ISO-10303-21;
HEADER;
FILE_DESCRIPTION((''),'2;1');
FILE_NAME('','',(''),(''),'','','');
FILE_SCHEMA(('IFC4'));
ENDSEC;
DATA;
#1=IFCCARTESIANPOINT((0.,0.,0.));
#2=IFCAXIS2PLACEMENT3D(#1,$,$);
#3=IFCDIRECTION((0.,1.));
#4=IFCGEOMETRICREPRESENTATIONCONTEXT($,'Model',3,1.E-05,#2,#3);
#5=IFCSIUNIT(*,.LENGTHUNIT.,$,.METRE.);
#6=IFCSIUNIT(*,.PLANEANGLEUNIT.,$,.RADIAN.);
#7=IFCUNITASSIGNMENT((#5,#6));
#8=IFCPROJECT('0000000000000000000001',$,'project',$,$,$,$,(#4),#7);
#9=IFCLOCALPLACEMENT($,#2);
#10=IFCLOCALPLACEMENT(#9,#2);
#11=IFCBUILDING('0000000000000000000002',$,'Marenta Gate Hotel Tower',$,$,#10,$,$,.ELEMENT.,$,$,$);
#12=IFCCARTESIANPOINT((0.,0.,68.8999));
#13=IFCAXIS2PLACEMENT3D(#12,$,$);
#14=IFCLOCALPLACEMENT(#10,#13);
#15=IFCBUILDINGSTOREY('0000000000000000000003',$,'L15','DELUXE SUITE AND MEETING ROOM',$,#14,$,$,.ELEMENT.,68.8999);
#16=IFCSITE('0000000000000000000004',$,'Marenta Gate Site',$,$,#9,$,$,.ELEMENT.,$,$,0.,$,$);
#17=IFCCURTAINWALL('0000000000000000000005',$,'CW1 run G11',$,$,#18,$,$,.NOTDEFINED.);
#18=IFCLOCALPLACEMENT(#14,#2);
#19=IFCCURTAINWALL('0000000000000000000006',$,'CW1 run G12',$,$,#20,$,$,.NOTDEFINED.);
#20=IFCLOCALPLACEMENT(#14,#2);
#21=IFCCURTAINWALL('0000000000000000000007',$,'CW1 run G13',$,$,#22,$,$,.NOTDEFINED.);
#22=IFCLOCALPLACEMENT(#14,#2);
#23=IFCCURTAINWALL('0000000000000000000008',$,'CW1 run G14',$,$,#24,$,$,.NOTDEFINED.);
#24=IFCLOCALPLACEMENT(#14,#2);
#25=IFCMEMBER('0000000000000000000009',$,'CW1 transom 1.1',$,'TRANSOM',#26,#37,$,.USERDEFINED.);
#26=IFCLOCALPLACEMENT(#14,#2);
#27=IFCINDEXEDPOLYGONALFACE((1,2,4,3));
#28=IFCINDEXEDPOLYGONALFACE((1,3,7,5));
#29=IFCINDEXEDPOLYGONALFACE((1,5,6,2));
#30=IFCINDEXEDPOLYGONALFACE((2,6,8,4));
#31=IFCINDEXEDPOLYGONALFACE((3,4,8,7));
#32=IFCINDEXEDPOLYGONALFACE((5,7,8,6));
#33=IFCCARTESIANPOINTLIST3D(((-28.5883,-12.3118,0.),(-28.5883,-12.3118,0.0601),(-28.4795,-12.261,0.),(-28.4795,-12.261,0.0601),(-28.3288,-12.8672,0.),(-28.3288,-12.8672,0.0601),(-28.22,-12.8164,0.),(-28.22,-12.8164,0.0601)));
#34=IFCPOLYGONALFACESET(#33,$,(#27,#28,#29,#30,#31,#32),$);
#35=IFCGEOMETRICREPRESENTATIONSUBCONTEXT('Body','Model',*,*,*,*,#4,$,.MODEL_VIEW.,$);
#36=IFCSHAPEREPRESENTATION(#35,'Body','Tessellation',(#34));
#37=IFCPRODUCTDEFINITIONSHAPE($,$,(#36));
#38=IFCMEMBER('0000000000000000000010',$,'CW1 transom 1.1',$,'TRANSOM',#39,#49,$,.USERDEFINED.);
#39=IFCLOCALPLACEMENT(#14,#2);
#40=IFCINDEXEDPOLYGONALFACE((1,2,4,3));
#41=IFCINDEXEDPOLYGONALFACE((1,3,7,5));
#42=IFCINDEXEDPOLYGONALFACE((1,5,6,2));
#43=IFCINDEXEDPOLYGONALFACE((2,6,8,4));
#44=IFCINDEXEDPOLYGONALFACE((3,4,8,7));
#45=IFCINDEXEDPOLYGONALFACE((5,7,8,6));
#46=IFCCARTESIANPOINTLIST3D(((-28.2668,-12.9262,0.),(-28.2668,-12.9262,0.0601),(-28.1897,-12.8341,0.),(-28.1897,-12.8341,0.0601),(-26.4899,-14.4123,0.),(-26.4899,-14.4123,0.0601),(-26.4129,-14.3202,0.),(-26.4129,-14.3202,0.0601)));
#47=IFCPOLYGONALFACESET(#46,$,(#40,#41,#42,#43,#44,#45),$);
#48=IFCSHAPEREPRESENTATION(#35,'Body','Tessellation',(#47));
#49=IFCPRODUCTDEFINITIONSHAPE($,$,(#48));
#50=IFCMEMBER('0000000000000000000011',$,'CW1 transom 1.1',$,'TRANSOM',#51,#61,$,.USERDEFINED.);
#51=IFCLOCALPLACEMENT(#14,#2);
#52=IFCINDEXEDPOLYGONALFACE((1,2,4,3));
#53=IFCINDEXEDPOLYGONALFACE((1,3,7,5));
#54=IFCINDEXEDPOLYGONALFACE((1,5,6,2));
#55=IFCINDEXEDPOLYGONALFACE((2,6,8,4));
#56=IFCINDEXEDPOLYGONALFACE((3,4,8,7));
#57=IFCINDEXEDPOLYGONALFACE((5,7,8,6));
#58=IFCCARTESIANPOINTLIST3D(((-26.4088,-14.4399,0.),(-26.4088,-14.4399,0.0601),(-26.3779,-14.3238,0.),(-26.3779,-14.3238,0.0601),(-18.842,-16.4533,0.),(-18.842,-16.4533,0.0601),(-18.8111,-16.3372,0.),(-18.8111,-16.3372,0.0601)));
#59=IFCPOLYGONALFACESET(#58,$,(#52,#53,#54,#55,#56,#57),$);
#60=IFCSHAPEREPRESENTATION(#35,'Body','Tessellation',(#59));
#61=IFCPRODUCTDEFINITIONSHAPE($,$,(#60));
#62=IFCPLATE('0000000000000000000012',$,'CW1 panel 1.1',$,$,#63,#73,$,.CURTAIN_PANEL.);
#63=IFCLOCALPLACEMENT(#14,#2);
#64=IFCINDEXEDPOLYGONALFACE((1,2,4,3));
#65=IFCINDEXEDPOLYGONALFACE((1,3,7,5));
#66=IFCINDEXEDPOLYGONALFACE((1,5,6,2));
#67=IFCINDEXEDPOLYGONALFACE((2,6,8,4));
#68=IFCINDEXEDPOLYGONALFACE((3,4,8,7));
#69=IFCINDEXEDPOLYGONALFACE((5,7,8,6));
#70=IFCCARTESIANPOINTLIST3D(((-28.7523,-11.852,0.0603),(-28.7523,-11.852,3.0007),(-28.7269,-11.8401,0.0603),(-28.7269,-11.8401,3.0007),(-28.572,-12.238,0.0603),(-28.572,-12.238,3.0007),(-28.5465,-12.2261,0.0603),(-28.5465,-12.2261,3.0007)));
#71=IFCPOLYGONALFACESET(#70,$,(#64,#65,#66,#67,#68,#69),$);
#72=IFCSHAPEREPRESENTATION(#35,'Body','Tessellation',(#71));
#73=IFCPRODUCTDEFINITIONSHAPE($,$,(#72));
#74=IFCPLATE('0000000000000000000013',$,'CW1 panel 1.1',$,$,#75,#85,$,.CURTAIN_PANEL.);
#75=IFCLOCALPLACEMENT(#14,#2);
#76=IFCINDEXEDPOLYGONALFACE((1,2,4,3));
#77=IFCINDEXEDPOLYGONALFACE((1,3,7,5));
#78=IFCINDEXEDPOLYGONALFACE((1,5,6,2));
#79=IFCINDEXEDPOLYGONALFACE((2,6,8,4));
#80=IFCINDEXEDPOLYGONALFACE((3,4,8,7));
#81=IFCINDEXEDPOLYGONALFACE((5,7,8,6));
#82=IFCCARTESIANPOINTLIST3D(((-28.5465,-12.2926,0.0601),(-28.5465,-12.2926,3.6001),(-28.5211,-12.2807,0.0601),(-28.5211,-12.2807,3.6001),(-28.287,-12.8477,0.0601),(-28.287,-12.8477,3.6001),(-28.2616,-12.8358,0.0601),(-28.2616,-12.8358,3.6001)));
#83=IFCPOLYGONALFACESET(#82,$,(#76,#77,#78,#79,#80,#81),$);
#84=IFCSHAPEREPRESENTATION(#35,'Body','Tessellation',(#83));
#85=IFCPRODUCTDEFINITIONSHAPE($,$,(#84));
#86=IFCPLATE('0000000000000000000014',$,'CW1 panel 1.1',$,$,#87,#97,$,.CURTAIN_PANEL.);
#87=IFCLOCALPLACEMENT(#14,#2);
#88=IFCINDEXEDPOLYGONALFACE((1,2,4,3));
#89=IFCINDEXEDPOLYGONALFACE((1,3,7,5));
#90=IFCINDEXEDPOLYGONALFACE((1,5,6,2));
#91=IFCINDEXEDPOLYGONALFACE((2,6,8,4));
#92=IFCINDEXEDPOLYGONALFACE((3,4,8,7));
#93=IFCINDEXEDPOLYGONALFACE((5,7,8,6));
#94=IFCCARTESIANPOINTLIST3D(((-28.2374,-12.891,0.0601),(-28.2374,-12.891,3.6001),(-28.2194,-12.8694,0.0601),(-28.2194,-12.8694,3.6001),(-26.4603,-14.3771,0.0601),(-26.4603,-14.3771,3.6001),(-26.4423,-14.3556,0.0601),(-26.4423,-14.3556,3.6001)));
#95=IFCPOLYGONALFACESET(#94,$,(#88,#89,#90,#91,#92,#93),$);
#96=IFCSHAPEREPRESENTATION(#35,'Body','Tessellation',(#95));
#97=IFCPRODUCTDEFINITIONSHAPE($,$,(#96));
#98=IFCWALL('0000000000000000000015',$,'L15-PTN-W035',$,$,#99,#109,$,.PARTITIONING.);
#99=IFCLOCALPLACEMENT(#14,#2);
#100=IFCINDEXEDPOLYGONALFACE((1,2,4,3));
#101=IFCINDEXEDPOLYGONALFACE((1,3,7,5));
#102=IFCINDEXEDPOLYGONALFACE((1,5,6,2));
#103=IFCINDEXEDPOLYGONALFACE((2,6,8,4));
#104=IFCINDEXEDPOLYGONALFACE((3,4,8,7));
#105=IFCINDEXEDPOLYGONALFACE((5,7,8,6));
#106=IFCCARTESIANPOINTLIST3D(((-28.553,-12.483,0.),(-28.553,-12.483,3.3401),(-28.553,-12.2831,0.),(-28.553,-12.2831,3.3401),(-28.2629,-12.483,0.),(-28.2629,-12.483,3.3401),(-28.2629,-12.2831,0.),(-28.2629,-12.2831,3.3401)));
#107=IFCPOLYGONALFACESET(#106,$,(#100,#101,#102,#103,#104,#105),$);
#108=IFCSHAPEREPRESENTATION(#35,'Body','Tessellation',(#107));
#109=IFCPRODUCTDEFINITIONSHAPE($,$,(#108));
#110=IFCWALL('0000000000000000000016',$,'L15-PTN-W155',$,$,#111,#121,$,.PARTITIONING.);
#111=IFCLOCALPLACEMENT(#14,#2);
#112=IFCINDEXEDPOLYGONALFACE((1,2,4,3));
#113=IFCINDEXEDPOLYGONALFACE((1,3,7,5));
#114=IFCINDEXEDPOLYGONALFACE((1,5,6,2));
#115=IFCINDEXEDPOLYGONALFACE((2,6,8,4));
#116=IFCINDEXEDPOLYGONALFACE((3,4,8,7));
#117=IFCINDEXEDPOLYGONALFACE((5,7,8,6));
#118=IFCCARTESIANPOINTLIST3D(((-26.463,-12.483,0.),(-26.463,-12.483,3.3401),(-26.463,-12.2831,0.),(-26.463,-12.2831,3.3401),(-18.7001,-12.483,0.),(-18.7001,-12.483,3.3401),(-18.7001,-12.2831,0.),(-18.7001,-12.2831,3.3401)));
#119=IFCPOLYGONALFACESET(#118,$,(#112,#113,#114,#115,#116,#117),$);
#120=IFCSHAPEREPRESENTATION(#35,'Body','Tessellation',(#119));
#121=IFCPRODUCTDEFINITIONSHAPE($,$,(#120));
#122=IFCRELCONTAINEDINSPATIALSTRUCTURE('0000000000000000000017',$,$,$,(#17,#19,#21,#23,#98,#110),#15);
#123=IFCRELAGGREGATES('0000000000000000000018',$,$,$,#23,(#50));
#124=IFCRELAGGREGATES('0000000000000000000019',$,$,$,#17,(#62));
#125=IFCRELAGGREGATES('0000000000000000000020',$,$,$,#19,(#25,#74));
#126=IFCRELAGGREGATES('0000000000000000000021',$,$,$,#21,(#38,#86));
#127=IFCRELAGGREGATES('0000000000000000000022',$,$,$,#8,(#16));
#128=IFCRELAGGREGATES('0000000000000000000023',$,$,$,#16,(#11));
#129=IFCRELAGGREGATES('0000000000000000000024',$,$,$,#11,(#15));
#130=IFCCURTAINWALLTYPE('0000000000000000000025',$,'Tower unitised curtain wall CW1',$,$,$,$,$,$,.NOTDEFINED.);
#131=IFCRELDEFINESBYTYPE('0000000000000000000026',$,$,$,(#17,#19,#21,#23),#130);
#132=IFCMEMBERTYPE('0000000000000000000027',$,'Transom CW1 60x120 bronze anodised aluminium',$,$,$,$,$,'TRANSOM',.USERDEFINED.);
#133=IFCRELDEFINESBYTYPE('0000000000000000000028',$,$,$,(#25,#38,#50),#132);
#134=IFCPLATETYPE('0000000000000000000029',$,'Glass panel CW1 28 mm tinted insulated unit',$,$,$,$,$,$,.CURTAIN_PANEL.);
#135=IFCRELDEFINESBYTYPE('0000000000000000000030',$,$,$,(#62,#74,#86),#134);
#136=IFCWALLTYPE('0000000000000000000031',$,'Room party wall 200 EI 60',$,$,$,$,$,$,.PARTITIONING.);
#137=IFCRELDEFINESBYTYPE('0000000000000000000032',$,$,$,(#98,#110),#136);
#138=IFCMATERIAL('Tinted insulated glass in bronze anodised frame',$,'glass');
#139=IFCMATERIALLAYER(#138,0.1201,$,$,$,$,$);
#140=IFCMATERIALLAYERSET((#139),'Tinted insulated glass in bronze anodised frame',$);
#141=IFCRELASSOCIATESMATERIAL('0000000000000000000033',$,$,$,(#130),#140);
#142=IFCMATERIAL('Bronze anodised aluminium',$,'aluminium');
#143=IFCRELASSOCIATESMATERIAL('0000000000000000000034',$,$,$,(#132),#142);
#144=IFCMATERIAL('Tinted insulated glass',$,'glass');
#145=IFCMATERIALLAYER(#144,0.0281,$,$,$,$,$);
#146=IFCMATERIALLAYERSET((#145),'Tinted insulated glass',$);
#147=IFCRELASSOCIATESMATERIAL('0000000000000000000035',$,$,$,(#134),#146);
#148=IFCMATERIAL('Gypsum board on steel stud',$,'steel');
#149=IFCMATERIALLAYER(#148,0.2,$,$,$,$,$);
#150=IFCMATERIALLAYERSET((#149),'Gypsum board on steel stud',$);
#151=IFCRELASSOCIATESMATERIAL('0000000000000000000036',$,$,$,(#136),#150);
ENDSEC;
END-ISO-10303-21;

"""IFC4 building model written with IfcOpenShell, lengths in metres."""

from ifc_helpers import new_model, si_unit, direction, frame, frame_2d, origin, origin_2d, place, context, subcontext, project, spatial, rectangle, extrude, material, layer, layer_set, material_profile, profile_set, type_object, element, aggregate, save


model = new_model("IFC4")

# Units and contexts
model_context = context("Model", 3, precision=1e-05, world=origin(), true_north=direction((0.0, 1.0)))
body_context = subcontext(model_context, "Body", "Model", "MODEL_VIEW")
ifc_project = project(units=[si_unit("LENGTHUNIT", "METRE"), si_unit("PLANEANGLEUNIT", "RADIAN")], contexts=[model_context])

# Site, building, storey
site_placement = place(None, origin())
site = spatial("IfcSite", under=ifc_project, at=site_placement, Name="Marenta Gate Site", CompositionType="ELEMENT", RefElevation=0.0)
building_placement = place(site_placement, origin())
building = spatial("IfcBuilding", under=site, at=building_placement, Name="Marenta Gate Hotel Tower", CompositionType="ELEMENT")
storey_placement = place(building_placement, frame((0.0, 0.0, 68.8999)))
storey = spatial("IfcBuildingStorey", under=building, at=storey_placement, Name="L15", Description="DELUXE SUITE AND MEETING ROOM", CompositionType="ELEMENT", Elevation=68.8999)

# Curtain walls
ifc_material_1 = material(Name="Tinted insulated glass in bronze anodised frame", Category="glass")
ifc_layer_1 = layer(ifc_material_1, 0.1201)
ifc_layer_set_1 = layer_set([ifc_layer_1], Name="Tinted insulated glass in bronze anodised frame")
curtain_wall_type = type_object("IfcCurtainWallType", Name="Tower unitised curtain wall CW1", PredefinedType="NOTDEFINED", material=ifc_layer_set_1)
curtain_wall_1_placement = place(storey_placement, origin())
curtain_wall_1 = element("IfcCurtainWall", 1, at=curtain_wall_1_placement, inside=storey, type_object=curtain_wall_type, Name="CW1 run G11", PredefinedType="NOTDEFINED")
curtain_wall_2_placement = place(storey_placement, origin())
curtain_wall_2 = element("IfcCurtainWall", 2, at=curtain_wall_2_placement, inside=storey, type_object=curtain_wall_type, Name="CW1 run G12", PredefinedType="NOTDEFINED")
curtain_wall_3_placement = place(storey_placement, origin())
curtain_wall_3 = element("IfcCurtainWall", 3, at=curtain_wall_3_placement, inside=storey, type_object=curtain_wall_type, Name="CW1 run G13", PredefinedType="NOTDEFINED")
curtain_wall_4_placement = place(storey_placement, origin())
curtain_wall_4 = element("IfcCurtainWall", 4, at=curtain_wall_4_placement, inside=storey, type_object=curtain_wall_type, Name="CW1 run G14", PredefinedType="NOTDEFINED")

# Members
ifc_material_2 = material(Name="Bronze anodised aluminium", Category="aluminium")
ifc_material_profile_1 = material_profile(ifc_material_2, rectangle(XDim=0.1201, YDim=0.0601, at=origin_2d()), Name="Transom CW1 60x120 bronze anodised aluminium")
ifc_profile_set_1 = profile_set([ifc_material_profile_1], Name="Bronze anodised aluminium")
member_type_1 = type_object("IfcMemberType", Name="Transom CW1 60x120 bronze anodised aluminium", ElementType="TRANSOM", PredefinedType="USERDEFINED", material=ifc_profile_set_1)
member_1_placement = place(storey_placement, frame((-28.5339, -12.2864, 0.03), z_axis=(0.423321, -0.90598, 0.0), x_axis=(0.90598, 0.423321, 0.0)))
member_1 = element("IfcMember", 5, at=member_1_placement, type_object=member_type_1, Name="CW1 transom 1.1", ObjectType="TRANSOM", PredefinedType="USERDEFINED", context=body_context, shape_type="SweptSolid", body=[
    extrude(rectangle(XDim=0.1201, YDim=0.0601, at=origin_2d()), origin(), (0.0, 0.0, 1.0), 0.613),
])
member_2_placement = place(storey_placement, frame((-28.2283, -12.8801, 0.03), z_axis=(0.76708, -0.641552, 0.0), x_axis=(0.641552, 0.76708, 0.0)))
member_2 = element("IfcMember", 6, at=member_2_placement, type_object=member_type_1, Name="CW1 transom 1.1", ObjectType="TRANSOM", PredefinedType="USERDEFINED", context=body_context, shape_type="SweptSolid", body=[
    extrude(rectangle(XDim=0.1201, YDim=0.0601, at=origin_2d()), origin(), (0.0, 0.0, 1.0), 2.3164),
])
member_3_placement = place(storey_placement, frame((-26.3933, -14.3818, 0.03), z_axis=(0.966375, -0.257137, 0.0), x_axis=(0.257137, 0.966375, 0.0)))
member_3 = element("IfcMember", 7, at=member_3_placement, type_object=member_type_1, Name="CW1 transom 1.1", ObjectType="TRANSOM", PredefinedType="USERDEFINED", context=body_context, shape_type="SweptSolid", body=[
    extrude(rectangle(XDim=0.1201, YDim=0.0601, at=origin_2d()), origin(), (0.0, 0.0, 1.0), 7.8301),
])
aggregate(curtain_wall_4, [member_3])

# Plates
ifc_material_3 = material(Name="Tinted insulated glass", Category="glass")
ifc_layer_2 = layer(ifc_material_3, 0.0281)
ifc_layer_set_2 = layer_set([ifc_layer_2], Name="Tinted insulated glass")
plate_type = type_object("IfcPlateType", Name="Glass panel CW1 28 mm tinted insulated unit", PredefinedType="CURTAIN_PANEL", material=ifc_layer_set_2)
plate_1_placement = place(storey_placement, frame((-28.6494, -12.0391, 0.0603), z_axis=(0.0, 0.0, 1.0), x_axis=(0.423268, -0.906004, 0.0)))
plate_1 = element("IfcPlate", 8, at=plate_1_placement, type_object=plate_type, Name="CW1 panel 1.1", PredefinedType="CURTAIN_PANEL", context=body_context, shape_type="SweptSolid", body=[
    extrude(rectangle(XDim=0.426, YDim=0.0281, at=origin_2d()), origin(), (0.0, 0.0, 1.0), 2.9404),
])
aggregate(curtain_wall_1, [plate_1])
plate_2_placement = place(storey_placement, frame((-28.4041, -12.5642, 0.0601), z_axis=(0.0, 0.0, 1.0), x_axis=(0.423398, -0.905944, 0.0)))
plate_2 = element("IfcPlate", 9, at=plate_2_placement, type_object=plate_type, Name="CW1 panel 1.1", PredefinedType="CURTAIN_PANEL", context=body_context, shape_type="SweptSolid", body=[
    extrude(rectangle(XDim=0.6128, YDim=0.0281, at=origin_2d()), origin(), (0.0, 0.0, 1.0), 3.54),
])
aggregate(curtain_wall_2, [member_1, plate_2])
plate_3_placement = place(storey_placement, frame((-27.3398, -13.6233, 0.0601), z_axis=(0.0, 0.0, 1.0), x_axis=(0.767113, -0.641512, 0.0)))
plate_3 = element("IfcPlate", 10, at=plate_3_placement, type_object=plate_type, Name="CW1 panel 1.1", PredefinedType="CURTAIN_PANEL", context=body_context, shape_type="SweptSolid", body=[
    extrude(rectangle(XDim=2.3167, YDim=0.0281, at=origin_2d()), origin(), (0.0, 0.0, 1.0), 3.54),
])
aggregate(curtain_wall_3, [member_2, plate_3])

# Walls
ifc_material_4 = material(Name="Gypsum board on steel stud", Category="steel")
ifc_layer_3 = layer(ifc_material_4, 0.2)
ifc_layer_set_3 = layer_set([ifc_layer_3], Name="Gypsum board on steel stud")
wall_type = type_object("IfcWallType", Name="Room party wall 200 EI 60", PredefinedType="PARTITIONING", material=ifc_layer_set_3)
wall_1_placement = place(storey_placement, frame((-28.553, -12.3831, 0.0), z_axis=(0.0, 0.0, 1.0), x_axis=(1.0, 0.0, 0.0)))
element("IfcWall", 11, at=wall_1_placement, inside=storey, type_object=wall_type, Name="L15-PTN-W035", PredefinedType="PARTITIONING", context=body_context, shape_type="SweptSolid", body=[
    extrude(rectangle(XDim=0.29, YDim=0.2, at=frame_2d((0.145, 0.0))), origin(), (0.0, 0.0, 1.0), 3.3401),
])
wall_2_placement = place(storey_placement, frame((-26.4629, -12.3831, 0.0), z_axis=(0.0, 0.0, 1.0), x_axis=(1.0, 0.0, 0.0)))
element("IfcWall", 12, at=wall_2_placement, inside=storey, type_object=wall_type, Name="L15-PTN-W155", PredefinedType="PARTITIONING", context=body_context, shape_type="SweptSolid", body=[
    extrude(rectangle(XDim=7.7629, YDim=0.2, at=frame_2d((3.8813, 0.0))), origin(), (0.0, 0.0, 1.0), 3.3401),
])

save(model, "model.ifc")
